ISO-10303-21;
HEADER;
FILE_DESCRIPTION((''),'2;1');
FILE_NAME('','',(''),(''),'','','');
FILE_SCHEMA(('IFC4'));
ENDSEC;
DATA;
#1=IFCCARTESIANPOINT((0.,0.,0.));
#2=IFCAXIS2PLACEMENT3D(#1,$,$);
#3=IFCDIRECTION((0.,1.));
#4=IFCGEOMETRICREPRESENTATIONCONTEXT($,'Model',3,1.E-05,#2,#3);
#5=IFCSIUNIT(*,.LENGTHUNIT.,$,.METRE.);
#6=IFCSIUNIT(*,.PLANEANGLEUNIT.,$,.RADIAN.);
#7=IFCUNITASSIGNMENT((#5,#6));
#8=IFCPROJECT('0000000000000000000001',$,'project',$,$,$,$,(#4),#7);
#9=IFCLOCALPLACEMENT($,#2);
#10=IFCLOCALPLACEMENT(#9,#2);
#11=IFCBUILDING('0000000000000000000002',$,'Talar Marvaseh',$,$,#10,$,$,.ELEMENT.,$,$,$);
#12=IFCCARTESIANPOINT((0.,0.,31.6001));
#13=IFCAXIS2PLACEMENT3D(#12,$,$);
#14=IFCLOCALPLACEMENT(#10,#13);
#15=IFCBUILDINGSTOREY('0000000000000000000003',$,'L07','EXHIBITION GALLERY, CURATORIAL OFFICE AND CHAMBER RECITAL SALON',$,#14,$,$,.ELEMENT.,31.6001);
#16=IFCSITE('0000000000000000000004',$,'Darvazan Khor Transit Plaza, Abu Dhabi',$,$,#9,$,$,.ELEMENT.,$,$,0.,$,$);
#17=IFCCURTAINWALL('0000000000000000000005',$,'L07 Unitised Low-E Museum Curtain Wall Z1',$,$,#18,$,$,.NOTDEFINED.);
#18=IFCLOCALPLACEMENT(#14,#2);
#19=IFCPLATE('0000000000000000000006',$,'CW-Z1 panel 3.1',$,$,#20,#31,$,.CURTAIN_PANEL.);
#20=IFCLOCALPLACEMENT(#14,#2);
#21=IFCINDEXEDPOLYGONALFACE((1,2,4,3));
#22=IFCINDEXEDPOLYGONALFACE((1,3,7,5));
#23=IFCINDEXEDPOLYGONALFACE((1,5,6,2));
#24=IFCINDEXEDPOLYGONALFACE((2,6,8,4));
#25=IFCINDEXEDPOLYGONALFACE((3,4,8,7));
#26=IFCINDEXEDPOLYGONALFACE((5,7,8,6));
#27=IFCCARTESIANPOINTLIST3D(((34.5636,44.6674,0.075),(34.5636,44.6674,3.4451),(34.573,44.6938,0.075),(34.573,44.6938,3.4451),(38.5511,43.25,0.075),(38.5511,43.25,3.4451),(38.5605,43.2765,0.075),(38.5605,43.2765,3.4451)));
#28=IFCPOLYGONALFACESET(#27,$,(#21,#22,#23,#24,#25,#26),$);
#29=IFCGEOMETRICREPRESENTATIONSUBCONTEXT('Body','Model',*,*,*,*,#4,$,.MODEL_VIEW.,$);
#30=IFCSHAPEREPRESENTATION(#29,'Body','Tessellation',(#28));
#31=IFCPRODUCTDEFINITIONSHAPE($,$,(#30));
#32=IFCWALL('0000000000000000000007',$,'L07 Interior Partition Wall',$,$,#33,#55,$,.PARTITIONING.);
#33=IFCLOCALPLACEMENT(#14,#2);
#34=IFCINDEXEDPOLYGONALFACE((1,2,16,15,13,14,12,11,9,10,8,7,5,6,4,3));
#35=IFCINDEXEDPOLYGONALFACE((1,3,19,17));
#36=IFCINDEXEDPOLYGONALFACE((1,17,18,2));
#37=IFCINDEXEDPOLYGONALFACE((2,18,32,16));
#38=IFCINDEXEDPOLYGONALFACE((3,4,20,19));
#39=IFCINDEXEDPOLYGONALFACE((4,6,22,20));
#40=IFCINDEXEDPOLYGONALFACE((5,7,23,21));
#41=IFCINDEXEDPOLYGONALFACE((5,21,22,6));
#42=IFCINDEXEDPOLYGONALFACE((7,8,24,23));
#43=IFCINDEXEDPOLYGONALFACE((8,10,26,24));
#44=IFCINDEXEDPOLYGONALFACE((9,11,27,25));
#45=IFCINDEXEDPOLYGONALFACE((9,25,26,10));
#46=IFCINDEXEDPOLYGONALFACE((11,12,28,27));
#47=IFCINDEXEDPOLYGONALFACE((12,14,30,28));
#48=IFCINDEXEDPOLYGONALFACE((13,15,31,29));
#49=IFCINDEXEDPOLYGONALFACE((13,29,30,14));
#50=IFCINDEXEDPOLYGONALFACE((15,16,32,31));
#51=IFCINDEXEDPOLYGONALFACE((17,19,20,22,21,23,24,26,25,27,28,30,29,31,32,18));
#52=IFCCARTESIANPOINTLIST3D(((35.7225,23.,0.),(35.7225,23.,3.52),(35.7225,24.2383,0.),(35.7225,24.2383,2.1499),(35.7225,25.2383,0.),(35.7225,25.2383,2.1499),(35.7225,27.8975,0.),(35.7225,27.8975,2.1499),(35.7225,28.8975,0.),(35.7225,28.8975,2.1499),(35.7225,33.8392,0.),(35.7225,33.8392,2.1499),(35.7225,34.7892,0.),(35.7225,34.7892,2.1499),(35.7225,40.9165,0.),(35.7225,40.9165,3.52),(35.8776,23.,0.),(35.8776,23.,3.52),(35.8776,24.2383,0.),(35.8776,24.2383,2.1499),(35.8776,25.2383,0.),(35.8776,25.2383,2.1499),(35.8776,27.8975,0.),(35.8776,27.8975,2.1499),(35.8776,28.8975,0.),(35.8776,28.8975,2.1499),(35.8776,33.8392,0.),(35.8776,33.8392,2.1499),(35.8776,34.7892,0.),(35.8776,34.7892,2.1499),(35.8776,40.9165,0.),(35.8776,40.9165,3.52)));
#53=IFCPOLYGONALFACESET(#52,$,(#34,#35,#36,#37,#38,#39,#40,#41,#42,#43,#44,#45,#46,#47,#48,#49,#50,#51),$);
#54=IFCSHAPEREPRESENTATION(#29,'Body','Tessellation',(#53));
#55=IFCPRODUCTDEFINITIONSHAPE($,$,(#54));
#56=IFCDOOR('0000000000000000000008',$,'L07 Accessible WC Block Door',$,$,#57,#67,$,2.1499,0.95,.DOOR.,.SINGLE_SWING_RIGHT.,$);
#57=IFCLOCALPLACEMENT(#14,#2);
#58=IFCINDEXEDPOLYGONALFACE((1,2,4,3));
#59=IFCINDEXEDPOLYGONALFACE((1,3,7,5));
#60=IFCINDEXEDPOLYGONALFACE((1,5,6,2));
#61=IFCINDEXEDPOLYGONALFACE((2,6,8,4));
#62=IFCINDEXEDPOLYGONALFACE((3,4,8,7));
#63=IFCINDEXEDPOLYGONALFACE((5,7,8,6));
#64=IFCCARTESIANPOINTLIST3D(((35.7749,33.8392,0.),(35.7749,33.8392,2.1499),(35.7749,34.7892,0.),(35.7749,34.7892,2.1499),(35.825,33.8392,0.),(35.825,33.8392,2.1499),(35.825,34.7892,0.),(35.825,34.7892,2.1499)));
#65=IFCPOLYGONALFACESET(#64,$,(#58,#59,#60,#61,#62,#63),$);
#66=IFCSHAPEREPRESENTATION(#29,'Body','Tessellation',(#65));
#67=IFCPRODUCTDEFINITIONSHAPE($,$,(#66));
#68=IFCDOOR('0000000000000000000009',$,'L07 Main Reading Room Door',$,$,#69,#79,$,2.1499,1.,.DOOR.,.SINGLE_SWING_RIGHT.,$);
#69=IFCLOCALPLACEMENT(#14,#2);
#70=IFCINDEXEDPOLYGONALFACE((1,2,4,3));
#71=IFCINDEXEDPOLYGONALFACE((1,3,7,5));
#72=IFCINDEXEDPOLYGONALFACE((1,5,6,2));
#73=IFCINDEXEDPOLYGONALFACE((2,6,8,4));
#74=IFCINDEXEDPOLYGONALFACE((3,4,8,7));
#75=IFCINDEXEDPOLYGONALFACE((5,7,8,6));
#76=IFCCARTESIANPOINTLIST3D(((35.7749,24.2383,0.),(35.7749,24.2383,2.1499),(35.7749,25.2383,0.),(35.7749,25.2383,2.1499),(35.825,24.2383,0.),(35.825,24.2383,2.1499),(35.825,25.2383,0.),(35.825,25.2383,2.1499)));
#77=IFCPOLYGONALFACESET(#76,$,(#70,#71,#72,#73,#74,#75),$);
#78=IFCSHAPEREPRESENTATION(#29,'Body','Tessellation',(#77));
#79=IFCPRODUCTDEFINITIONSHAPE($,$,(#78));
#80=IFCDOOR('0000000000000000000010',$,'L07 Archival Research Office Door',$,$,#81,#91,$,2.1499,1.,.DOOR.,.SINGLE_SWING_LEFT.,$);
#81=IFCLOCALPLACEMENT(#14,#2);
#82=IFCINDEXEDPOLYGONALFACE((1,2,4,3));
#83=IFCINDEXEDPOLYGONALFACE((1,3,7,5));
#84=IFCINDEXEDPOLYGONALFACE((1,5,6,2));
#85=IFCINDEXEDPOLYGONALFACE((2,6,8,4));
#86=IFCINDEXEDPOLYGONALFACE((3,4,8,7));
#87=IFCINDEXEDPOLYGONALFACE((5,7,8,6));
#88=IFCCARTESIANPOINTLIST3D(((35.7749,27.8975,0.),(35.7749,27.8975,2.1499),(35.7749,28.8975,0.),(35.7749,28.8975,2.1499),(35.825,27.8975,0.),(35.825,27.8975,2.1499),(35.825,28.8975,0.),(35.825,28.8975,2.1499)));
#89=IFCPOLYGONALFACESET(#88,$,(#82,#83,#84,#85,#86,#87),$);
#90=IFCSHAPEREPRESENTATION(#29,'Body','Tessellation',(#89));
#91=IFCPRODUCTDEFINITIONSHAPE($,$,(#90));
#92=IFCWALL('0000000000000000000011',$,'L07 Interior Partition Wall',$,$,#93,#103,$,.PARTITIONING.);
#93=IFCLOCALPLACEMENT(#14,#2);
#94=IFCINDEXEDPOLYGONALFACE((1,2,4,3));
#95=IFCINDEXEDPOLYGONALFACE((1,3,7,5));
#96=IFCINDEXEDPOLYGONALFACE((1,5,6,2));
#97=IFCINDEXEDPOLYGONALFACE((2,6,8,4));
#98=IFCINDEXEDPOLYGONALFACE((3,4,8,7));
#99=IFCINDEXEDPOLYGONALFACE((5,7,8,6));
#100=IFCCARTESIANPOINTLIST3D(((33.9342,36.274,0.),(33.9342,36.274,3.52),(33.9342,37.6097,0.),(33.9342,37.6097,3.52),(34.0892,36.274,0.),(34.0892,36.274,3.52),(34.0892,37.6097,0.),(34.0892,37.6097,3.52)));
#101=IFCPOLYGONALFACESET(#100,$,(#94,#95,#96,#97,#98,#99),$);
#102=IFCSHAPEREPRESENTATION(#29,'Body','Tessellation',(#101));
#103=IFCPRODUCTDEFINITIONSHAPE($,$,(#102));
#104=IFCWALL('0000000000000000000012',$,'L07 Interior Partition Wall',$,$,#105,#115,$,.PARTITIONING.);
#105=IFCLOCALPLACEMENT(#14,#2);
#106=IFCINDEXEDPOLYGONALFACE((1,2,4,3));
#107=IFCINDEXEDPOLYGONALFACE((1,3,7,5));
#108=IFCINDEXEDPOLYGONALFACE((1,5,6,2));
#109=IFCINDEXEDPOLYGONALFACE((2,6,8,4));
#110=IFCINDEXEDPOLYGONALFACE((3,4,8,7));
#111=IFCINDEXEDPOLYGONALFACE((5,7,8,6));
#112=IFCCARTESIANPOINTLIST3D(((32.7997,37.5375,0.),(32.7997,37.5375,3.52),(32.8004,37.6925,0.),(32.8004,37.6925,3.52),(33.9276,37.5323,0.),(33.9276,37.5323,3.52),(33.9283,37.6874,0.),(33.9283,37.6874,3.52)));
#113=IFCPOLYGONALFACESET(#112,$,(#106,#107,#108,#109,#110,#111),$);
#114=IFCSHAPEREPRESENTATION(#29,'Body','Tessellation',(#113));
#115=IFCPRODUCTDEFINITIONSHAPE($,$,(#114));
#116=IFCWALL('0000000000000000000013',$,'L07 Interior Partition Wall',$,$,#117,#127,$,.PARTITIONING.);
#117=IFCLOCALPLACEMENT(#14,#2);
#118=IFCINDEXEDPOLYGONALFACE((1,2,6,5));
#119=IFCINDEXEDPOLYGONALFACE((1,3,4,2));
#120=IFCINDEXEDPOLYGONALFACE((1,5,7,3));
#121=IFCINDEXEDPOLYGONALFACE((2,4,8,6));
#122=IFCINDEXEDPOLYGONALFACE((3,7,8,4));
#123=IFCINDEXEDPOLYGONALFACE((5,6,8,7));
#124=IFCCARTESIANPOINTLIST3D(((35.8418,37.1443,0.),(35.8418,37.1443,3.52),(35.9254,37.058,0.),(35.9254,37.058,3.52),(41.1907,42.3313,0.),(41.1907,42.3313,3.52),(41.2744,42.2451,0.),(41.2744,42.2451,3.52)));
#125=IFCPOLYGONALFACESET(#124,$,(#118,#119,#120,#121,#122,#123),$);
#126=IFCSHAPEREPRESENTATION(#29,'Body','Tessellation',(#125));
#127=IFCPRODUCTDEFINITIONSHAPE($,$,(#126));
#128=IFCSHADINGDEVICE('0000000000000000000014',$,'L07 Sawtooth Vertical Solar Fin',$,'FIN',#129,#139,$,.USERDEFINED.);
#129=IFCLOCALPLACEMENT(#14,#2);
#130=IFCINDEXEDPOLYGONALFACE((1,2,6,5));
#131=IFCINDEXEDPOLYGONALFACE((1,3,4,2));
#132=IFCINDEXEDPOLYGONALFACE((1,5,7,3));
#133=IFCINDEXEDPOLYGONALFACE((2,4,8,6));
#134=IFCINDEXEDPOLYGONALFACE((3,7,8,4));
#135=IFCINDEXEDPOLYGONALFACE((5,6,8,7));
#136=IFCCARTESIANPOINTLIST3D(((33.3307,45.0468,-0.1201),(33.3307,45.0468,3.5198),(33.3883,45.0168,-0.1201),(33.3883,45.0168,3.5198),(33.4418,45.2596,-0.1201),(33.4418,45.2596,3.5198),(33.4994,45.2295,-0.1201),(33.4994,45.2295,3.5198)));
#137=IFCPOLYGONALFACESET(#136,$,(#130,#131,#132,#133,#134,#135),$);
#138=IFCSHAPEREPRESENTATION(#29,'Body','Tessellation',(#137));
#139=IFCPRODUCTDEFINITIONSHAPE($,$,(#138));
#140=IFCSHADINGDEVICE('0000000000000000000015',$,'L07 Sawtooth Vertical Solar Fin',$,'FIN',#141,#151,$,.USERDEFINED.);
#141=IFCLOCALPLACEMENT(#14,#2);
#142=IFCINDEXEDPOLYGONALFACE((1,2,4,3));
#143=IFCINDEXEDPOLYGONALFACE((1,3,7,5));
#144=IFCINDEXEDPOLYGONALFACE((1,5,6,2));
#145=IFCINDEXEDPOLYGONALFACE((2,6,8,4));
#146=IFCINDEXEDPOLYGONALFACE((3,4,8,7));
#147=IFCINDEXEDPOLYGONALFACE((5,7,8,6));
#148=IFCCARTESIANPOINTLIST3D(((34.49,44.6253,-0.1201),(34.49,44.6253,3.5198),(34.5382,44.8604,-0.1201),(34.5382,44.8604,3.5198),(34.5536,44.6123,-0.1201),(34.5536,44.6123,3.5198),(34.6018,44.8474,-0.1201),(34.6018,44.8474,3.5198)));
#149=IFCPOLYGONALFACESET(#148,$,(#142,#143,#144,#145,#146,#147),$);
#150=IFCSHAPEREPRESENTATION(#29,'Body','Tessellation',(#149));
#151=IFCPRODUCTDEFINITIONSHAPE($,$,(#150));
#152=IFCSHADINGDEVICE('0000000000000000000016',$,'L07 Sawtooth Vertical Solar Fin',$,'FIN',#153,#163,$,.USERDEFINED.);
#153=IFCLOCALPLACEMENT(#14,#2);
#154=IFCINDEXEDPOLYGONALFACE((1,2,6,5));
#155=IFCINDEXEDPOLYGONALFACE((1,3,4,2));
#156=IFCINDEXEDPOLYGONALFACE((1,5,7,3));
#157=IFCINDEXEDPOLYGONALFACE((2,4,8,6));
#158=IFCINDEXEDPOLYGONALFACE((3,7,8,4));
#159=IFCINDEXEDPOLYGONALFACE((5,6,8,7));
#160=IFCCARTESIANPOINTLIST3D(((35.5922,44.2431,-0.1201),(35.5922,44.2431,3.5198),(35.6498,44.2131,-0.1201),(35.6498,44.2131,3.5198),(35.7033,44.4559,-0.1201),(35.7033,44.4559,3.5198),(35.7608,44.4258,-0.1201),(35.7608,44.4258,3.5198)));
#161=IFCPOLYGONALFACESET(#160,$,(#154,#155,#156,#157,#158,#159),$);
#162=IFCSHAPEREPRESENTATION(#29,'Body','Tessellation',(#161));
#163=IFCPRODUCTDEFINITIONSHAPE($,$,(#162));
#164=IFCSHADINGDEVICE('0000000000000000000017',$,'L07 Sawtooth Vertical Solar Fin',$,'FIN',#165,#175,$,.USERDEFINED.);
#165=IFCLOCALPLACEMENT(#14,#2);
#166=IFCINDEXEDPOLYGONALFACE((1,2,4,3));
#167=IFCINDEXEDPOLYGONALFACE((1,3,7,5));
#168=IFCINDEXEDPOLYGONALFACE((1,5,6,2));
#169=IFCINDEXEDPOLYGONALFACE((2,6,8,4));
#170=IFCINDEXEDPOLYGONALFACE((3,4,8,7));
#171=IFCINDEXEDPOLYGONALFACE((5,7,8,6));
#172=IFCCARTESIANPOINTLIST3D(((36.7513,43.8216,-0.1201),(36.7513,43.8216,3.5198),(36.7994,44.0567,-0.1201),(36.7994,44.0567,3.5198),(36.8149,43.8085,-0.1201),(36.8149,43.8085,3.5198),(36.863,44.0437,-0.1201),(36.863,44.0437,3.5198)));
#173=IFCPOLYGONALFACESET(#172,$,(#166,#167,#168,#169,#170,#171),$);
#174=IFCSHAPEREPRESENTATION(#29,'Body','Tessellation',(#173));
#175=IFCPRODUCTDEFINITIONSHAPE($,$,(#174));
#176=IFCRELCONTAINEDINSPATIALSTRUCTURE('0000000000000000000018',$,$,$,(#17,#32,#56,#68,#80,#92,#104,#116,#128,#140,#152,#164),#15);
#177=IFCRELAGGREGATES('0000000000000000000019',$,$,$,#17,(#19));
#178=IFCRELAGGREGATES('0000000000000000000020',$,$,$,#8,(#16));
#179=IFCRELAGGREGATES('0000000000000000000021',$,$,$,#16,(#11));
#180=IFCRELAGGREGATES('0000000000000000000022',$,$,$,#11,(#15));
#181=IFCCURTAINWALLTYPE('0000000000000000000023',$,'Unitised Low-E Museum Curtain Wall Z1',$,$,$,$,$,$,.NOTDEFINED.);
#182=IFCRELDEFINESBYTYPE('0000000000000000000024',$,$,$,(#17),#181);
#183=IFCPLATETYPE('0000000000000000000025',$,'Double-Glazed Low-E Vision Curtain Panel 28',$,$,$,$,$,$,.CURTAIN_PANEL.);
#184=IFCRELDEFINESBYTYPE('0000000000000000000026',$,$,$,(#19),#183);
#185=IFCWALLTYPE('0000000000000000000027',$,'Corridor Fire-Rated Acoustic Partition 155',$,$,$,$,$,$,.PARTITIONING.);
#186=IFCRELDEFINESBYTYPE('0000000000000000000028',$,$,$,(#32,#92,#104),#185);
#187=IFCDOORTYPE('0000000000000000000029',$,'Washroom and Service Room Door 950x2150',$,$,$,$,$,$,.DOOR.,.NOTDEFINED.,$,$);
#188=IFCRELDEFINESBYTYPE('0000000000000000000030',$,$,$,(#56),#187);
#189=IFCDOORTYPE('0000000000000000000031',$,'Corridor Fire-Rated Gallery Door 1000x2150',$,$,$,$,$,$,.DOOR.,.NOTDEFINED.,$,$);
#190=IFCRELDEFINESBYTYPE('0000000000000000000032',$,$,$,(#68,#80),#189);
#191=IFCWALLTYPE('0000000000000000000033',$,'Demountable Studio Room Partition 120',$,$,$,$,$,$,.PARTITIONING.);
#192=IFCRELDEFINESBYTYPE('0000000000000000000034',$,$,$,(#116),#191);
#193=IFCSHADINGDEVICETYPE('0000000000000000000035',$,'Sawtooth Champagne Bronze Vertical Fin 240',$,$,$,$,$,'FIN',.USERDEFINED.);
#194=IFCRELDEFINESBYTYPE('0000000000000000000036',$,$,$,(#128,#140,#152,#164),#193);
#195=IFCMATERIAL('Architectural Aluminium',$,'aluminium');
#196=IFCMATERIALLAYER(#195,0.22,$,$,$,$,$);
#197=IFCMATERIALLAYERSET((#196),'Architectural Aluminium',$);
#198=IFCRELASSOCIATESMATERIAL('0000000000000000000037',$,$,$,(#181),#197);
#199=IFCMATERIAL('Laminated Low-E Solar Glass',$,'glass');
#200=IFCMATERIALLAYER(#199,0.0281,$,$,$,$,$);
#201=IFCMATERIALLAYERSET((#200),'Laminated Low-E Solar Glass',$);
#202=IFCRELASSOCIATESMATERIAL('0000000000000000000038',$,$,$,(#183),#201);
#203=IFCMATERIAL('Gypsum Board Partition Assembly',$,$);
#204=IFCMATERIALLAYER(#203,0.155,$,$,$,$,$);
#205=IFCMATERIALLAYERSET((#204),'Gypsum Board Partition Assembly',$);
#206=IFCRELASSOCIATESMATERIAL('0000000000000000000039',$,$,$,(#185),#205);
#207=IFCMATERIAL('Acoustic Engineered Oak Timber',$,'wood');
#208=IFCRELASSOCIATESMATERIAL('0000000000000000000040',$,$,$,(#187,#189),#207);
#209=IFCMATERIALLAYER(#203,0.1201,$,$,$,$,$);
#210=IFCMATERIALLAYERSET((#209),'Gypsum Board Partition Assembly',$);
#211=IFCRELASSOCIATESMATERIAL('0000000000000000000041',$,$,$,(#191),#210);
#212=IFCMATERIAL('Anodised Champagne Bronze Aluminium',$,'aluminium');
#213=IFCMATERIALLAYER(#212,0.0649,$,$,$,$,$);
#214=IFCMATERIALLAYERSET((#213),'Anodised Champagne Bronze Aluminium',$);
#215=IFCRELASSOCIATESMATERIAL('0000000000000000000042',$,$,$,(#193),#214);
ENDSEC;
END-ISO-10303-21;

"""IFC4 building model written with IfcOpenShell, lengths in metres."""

from ifc_helpers import new_model, si_unit, direction, frame, frame_2d, origin, origin_2d, place, context, subcontext, project, spatial, rectangle, extrude, source, transform, mapped, material, layer, layer_set, type_object, type_shapes, element, fill, aggregate, save


model = new_model("IFC4")

# Units and contexts
model_context = context("Model", 3, precision=1e-05, world=origin(), true_north=direction((0.0, 1.0)))
body_context = subcontext(model_context, "Body", "Model", "MODEL_VIEW")
ifc_project = project(units=[si_unit("LENGTHUNIT", "METRE"), si_unit("PLANEANGLEUNIT", "RADIAN")], contexts=[model_context])

# Site, building, storey
site_placement = place(None, origin())
site = spatial("IfcSite", under=ifc_project, at=site_placement, Name="Darvazan Khor Transit Plaza, Abu Dhabi", CompositionType="ELEMENT", RefElevation=0.0)
building_placement = place(site_placement, origin())
building = spatial("IfcBuilding", under=site, at=building_placement, Name="Talar Marvaseh", CompositionType="ELEMENT")
storey_placement = place(building_placement, frame((0.0, 0.0, 31.6001)))
storey = spatial("IfcBuildingStorey", under=building, at=storey_placement, Name="L07", Description="EXHIBITION GALLERY, CURATORIAL OFFICE AND CHAMBER RECITAL SALON", CompositionType="ELEMENT", Elevation=31.6001)

# Curtain wall, plate
ifc_material_1 = material(Name="Architectural Aluminium", Category="aluminium")
ifc_layer_1 = layer(ifc_material_1, 0.22)
ifc_layer_set_1 = layer_set([ifc_layer_1], Name="Architectural Aluminium")
curtain_wall_type = type_object("IfcCurtainWallType", Name="Unitised Low-E Museum Curtain Wall Z1", PredefinedType="NOTDEFINED", material=ifc_layer_set_1)
curtain_wall_placement = place(storey_placement, origin())
curtain_wall = element("IfcCurtainWall", 1, at=curtain_wall_placement, inside=storey, type_object=curtain_wall_type, Name="L07 Unitised Low-E Museum Curtain Wall Z1", PredefinedType="NOTDEFINED")
ifc_material_2 = material(Name="Laminated Low-E Solar Glass", Category="glass")
ifc_layer_2 = layer(ifc_material_2, 0.0281)
ifc_layer_set_2 = layer_set([ifc_layer_2], Name="Laminated Low-E Solar Glass")
plate_type = type_object("IfcPlateType", Name="Double-Glazed Low-E Vision Curtain Panel 28", PredefinedType="CURTAIN_PANEL", material=ifc_layer_set_2)
shared_shape_1 = source(origin(), body_context, "Body", "SweptSolid", [
    extrude(rectangle(XDim=4.2319, YDim=0.0281, at=origin_2d()), origin(), (0.0, 0.0, 1.0), 3.3701),
])
type_shapes(plate_type, [shared_shape_1])
plate_placement = place(storey_placement, frame((36.562, 43.9719, 0.075), z_axis=(0.0, 0.0, 1.0), x_axis=(0.942245, -0.334923, 0.0)))
plate = element("IfcPlate", 2, at=plate_placement, type_object=plate_type, Name="CW-Z1 panel 3.1", PredefinedType="CURTAIN_PANEL", context=body_context, shape_type="MappedRepresentation", body=[
    mapped(shared_shape_1, transform((0.0, 0.0, 0.0), x_axis=(1.0, 0.0, 0.0), y_axis=(0.0, 1.0, 0.0), z_axis=(0.0, 0.0, 1.0), scale=1.0)),
])
aggregate(curtain_wall, [plate])

# Wall, openings, doors
ifc_material_3 = material(Name="Gypsum Board Partition Assembly")
ifc_layer_3 = layer(ifc_material_3, 0.155)
ifc_layer_set_3 = layer_set([ifc_layer_3], Name="Gypsum Board Partition Assembly")
wall_type_1 = type_object("IfcWallType", Name="Corridor Fire-Rated Acoustic Partition 155", PredefinedType="PARTITIONING", material=ifc_layer_set_3)
wall_1_placement = place(storey_placement, frame((35.8, 40.9165, 0.0), z_axis=(0.0, 0.0, 1.0), x_axis=(0.0, -1.0, 0.0)))
wall_1 = element("IfcWall", 3, at=wall_1_placement, inside=storey, type_object=wall_type_1, Name="L07 Interior Partition Wall", PredefinedType="PARTITIONING", context=body_context, shape_type="SweptSolid", body=[
    extrude(rectangle(XDim=17.9165, YDim=0.155, at=frame_2d((8.9583, 0.0))), origin(), (0.0, 0.0, 1.0), 3.52),
])
opening_1_placement = place(wall_1_placement, frame((15.6782, 0.0, 0.0)))
opening_1 = element("IfcOpeningElement", 4, at=opening_1_placement, cuts=wall_1, PredefinedType="OPENING", context=body_context, shape_type="SweptSolid", body=[
    extrude(rectangle(XDim=1.0, YDim=2.1499, at=frame_2d((0.5, 1.075))), frame((0.0, 0.0874, 0.0), z_axis=(0.0, -1.0, 0.0), x_axis=(1.0, 0.0, 0.0)), (0.0, 0.0, 1.0), 0.175),
])
opening_2_placement = place(wall_1_placement, frame((12.019, 0.0, 0.0)))
opening_2 = element("IfcOpeningElement", 5, at=opening_2_placement, cuts=wall_1, PredefinedType="OPENING", context=body_context, shape_type="SweptSolid", body=[
    extrude(rectangle(XDim=1.0, YDim=2.1499, at=frame_2d((0.5, 1.075))), frame((0.0, 0.0874, 0.0), z_axis=(0.0, -1.0, 0.0), x_axis=(1.0, 0.0, 0.0)), (0.0, 0.0, 1.0), 0.175),
])
opening_3_placement = place(wall_1_placement, frame((6.1272, 0.0, 0.0)))
opening_3 = element("IfcOpeningElement", 6, at=opening_3_placement, cuts=wall_1, PredefinedType="OPENING", context=body_context, shape_type="SweptSolid", body=[
    extrude(rectangle(XDim=0.95, YDim=2.1499, at=frame_2d((0.4751, 1.075))), frame((0.0, 0.0874, 0.0), z_axis=(0.0, -1.0, 0.0), x_axis=(1.0, 0.0, 0.0)), (0.0, 0.0, 1.0), 0.175),
])
ifc_material_4 = material(Name="Acoustic Engineered Oak Timber", Category="wood")
door_type_1 = type_object("IfcDoorType", Name="Washroom and Service Room Door 950x2150", OperationType="NOTDEFINED", PredefinedType="DOOR", material=ifc_material_4)
shared_shape_2 = source(origin(), body_context, "Body", "SweptSolid", [
    extrude(rectangle(XDim=0.95, YDim=2.1499, at=frame_2d((0.4751, 1.075))), frame((0.0, 0.0249, 0.0), z_axis=(0.0, -1.0, 0.0), x_axis=(1.0, 0.0, 0.0)), (0.0, 0.0, 1.0), 0.05),
])
type_shapes(door_type_1, [shared_shape_2])
door_1_placement = place(opening_3_placement, origin())
door_1 = element("IfcDoor", 7, at=door_1_placement, inside=storey, type_object=door_type_1, Name="L07 Accessible WC Block Door", OperationType="SINGLE_SWING_RIGHT", OverallHeight=2.1499, OverallWidth=0.95, PredefinedType="DOOR", context=body_context, shape_type="MappedRepresentation", body=[
    mapped(shared_shape_2, transform((0.0, 0.0, 0.0), x_axis=(1.0, 0.0, 0.0), y_axis=(0.0, 1.0, 0.0), z_axis=(0.0, 0.0, 1.0), scale=1.0)),
])
fill(opening_3, door_1)
door_type_2 = type_object("IfcDoorType", Name="Corridor Fire-Rated Gallery Door 1000x2150", OperationType="NOTDEFINED", PredefinedType="DOOR", material=ifc_material_4)
shared_shape_3 = source(origin(), body_context, "Body", "SweptSolid", [
    extrude(rectangle(XDim=1.0, YDim=2.1499, at=frame_2d((0.5, 1.075))), frame((0.0, 0.0249, 0.0), z_axis=(0.0, -1.0, 0.0), x_axis=(1.0, 0.0, 0.0)), (0.0, 0.0, 1.0), 0.05),
])
type_shapes(door_type_2, [shared_shape_3])
door_2_placement = place(opening_1_placement, origin())
door_2 = element("IfcDoor", 8, at=door_2_placement, inside=storey, type_object=door_type_2, Name="L07 Main Reading Room Door", OperationType="SINGLE_SWING_RIGHT", OverallHeight=2.1499, OverallWidth=1.0, PredefinedType="DOOR", context=body_context, shape_type="MappedRepresentation", body=[
    mapped(shared_shape_3, transform((0.0, 0.0, 0.0), x_axis=(1.0, 0.0, 0.0), y_axis=(0.0, 1.0, 0.0), z_axis=(0.0, 0.0, 1.0), scale=1.0)),
])
fill(opening_1, door_2)
door_3_placement = place(opening_2_placement, origin())
door_3 = element("IfcDoor", 9, at=door_3_placement, inside=storey, type_object=door_type_2, Name="L07 Archival Research Office Door", OperationType="SINGLE_SWING_LEFT", OverallHeight=2.1499, OverallWidth=1.0, PredefinedType="DOOR", context=body_context, shape_type="MappedRepresentation", body=[
    mapped(shared_shape_3, transform((0.0, 0.0, 0.0), x_axis=(1.0, 0.0, 0.0), y_axis=(0.0, 1.0, 0.0), z_axis=(0.0, 0.0, 1.0), scale=1.0)),
])
fill(opening_2, door_3)

# Walls
wall_2_placement = place(storey_placement, frame((34.0117, 36.2739, 0.0), z_axis=(0.0, 0.0, 1.0), x_axis=(0.0, 1.0, 0.0)))
element("IfcWall", 10, at=wall_2_placement, inside=storey, type_object=wall_type_1, Name="L07 Interior Partition Wall", PredefinedType="PARTITIONING", context=body_context, shape_type="SweptSolid", body=[
    extrude(rectangle(XDim=1.3357, YDim=0.155, at=frame_2d((0.668, 0.0))), origin(), (0.0, 0.0, 1.0), 3.52),
])
wall_3_placement = place(storey_placement, frame((33.928, 37.6099, 0.0), z_axis=(0.0, 0.0, 1.0), x_axis=(-0.99999, 0.004545, 0.0)))
element("IfcWall", 11, at=wall_3_placement, inside=storey, type_object=wall_type_1, Name="L07 Interior Partition Wall", PredefinedType="PARTITIONING", context=body_context, shape_type="SweptSolid", body=[
    extrude(rectangle(XDim=1.1279, YDim=0.155, at=frame_2d((0.564, 0.0))), origin(), (0.0, 0.0, 1.0), 3.52),
])
ifc_layer_4 = layer(ifc_material_3, 0.1201)
ifc_layer_set_4 = layer_set([ifc_layer_4], Name="Gypsum Board Partition Assembly")
wall_type_2 = type_object("IfcWallType", Name="Demountable Studio Room Partition 120", PredefinedType="PARTITIONING", material=ifc_layer_set_4)
wall_4_placement = place(storey_placement, frame((35.8835, 37.1011, 0.0), z_axis=(0.0, 0.0, 1.0), x_axis=(0.717886, 0.696161, 0.0)))
element("IfcWall", 12, at=wall_4_placement, inside=storey, type_object=wall_type_2, Name="L07 Interior Partition Wall", PredefinedType="PARTITIONING", context=body_context, shape_type="SweptSolid", body=[
    extrude(rectangle(XDim=7.4509, YDim=0.1201, at=frame_2d((3.7256, 0.0))), origin(), (0.0, 0.0, 1.0), 3.52),
])

# Shading devices
ifc_material_5 = material(Name="Anodised Champagne Bronze Aluminium", Category="aluminium")
ifc_layer_5 = layer(ifc_material_5, 0.0649)
ifc_layer_set_5 = layer_set([ifc_layer_5], Name="Anodised Champagne Bronze Aluminium")
shading_device_type = type_object("IfcShadingDeviceType", Name="Sawtooth Champagne Bronze Vertical Fin 240", ElementType="FIN", PredefinedType="USERDEFINED", material=ifc_layer_set_5)
shared_shape_4 = source(origin(), body_context, "Body", "SweptSolid", [
    extrude(rectangle(XDim=0.24, YDim=0.0649, at=origin_2d()), origin(), (0.0, 0.0, 1.0), 3.6399),
])
type_shapes(shading_device_type, [shared_shape_4])
for number, where, z_axis, x_axis, name in (
    (13, (33.415, 45.1382, -0.1201), (0.0, 0.0, 1.0), (0.462832, 0.886446, 0.0), "L07 Sawtooth Vertical Solar Fin"),
    (14, (34.5459, 44.7363, -0.1201), (0.0, 0.0, 1.0), (0.200565, 0.97968, 0.0), "L07 Sawtooth Vertical Solar Fin"),
    (15, (35.6765, 44.3345, -0.1201), (0.0, 0.0, 1.0), (0.462832, 0.886446, 0.0), "L07 Sawtooth Vertical Solar Fin"),
    (16, (36.8071, 43.9326, -0.1201), (0.0, 0.0, 1.0), (0.200565, 0.97968, 0.0), "L07 Sawtooth Vertical Solar Fin"),
):
    element("IfcShadingDevice", number, at=place(storey_placement, frame(where, z_axis=z_axis, x_axis=x_axis)), inside=storey, type_object=shading_device_type, Name=name, ObjectType="FIN", PredefinedType="USERDEFINED", context=body_context, shape_type="MappedRepresentation", body=[
        mapped(shared_shape_4, transform((0.0, 0.0, 0.0), x_axis=(1.0, 0.0, 0.0), y_axis=(0.0, 1.0, 0.0), z_axis=(0.0, 0.0, 1.0), scale=1.0)),
    ])

save(model, "model.ifc")
